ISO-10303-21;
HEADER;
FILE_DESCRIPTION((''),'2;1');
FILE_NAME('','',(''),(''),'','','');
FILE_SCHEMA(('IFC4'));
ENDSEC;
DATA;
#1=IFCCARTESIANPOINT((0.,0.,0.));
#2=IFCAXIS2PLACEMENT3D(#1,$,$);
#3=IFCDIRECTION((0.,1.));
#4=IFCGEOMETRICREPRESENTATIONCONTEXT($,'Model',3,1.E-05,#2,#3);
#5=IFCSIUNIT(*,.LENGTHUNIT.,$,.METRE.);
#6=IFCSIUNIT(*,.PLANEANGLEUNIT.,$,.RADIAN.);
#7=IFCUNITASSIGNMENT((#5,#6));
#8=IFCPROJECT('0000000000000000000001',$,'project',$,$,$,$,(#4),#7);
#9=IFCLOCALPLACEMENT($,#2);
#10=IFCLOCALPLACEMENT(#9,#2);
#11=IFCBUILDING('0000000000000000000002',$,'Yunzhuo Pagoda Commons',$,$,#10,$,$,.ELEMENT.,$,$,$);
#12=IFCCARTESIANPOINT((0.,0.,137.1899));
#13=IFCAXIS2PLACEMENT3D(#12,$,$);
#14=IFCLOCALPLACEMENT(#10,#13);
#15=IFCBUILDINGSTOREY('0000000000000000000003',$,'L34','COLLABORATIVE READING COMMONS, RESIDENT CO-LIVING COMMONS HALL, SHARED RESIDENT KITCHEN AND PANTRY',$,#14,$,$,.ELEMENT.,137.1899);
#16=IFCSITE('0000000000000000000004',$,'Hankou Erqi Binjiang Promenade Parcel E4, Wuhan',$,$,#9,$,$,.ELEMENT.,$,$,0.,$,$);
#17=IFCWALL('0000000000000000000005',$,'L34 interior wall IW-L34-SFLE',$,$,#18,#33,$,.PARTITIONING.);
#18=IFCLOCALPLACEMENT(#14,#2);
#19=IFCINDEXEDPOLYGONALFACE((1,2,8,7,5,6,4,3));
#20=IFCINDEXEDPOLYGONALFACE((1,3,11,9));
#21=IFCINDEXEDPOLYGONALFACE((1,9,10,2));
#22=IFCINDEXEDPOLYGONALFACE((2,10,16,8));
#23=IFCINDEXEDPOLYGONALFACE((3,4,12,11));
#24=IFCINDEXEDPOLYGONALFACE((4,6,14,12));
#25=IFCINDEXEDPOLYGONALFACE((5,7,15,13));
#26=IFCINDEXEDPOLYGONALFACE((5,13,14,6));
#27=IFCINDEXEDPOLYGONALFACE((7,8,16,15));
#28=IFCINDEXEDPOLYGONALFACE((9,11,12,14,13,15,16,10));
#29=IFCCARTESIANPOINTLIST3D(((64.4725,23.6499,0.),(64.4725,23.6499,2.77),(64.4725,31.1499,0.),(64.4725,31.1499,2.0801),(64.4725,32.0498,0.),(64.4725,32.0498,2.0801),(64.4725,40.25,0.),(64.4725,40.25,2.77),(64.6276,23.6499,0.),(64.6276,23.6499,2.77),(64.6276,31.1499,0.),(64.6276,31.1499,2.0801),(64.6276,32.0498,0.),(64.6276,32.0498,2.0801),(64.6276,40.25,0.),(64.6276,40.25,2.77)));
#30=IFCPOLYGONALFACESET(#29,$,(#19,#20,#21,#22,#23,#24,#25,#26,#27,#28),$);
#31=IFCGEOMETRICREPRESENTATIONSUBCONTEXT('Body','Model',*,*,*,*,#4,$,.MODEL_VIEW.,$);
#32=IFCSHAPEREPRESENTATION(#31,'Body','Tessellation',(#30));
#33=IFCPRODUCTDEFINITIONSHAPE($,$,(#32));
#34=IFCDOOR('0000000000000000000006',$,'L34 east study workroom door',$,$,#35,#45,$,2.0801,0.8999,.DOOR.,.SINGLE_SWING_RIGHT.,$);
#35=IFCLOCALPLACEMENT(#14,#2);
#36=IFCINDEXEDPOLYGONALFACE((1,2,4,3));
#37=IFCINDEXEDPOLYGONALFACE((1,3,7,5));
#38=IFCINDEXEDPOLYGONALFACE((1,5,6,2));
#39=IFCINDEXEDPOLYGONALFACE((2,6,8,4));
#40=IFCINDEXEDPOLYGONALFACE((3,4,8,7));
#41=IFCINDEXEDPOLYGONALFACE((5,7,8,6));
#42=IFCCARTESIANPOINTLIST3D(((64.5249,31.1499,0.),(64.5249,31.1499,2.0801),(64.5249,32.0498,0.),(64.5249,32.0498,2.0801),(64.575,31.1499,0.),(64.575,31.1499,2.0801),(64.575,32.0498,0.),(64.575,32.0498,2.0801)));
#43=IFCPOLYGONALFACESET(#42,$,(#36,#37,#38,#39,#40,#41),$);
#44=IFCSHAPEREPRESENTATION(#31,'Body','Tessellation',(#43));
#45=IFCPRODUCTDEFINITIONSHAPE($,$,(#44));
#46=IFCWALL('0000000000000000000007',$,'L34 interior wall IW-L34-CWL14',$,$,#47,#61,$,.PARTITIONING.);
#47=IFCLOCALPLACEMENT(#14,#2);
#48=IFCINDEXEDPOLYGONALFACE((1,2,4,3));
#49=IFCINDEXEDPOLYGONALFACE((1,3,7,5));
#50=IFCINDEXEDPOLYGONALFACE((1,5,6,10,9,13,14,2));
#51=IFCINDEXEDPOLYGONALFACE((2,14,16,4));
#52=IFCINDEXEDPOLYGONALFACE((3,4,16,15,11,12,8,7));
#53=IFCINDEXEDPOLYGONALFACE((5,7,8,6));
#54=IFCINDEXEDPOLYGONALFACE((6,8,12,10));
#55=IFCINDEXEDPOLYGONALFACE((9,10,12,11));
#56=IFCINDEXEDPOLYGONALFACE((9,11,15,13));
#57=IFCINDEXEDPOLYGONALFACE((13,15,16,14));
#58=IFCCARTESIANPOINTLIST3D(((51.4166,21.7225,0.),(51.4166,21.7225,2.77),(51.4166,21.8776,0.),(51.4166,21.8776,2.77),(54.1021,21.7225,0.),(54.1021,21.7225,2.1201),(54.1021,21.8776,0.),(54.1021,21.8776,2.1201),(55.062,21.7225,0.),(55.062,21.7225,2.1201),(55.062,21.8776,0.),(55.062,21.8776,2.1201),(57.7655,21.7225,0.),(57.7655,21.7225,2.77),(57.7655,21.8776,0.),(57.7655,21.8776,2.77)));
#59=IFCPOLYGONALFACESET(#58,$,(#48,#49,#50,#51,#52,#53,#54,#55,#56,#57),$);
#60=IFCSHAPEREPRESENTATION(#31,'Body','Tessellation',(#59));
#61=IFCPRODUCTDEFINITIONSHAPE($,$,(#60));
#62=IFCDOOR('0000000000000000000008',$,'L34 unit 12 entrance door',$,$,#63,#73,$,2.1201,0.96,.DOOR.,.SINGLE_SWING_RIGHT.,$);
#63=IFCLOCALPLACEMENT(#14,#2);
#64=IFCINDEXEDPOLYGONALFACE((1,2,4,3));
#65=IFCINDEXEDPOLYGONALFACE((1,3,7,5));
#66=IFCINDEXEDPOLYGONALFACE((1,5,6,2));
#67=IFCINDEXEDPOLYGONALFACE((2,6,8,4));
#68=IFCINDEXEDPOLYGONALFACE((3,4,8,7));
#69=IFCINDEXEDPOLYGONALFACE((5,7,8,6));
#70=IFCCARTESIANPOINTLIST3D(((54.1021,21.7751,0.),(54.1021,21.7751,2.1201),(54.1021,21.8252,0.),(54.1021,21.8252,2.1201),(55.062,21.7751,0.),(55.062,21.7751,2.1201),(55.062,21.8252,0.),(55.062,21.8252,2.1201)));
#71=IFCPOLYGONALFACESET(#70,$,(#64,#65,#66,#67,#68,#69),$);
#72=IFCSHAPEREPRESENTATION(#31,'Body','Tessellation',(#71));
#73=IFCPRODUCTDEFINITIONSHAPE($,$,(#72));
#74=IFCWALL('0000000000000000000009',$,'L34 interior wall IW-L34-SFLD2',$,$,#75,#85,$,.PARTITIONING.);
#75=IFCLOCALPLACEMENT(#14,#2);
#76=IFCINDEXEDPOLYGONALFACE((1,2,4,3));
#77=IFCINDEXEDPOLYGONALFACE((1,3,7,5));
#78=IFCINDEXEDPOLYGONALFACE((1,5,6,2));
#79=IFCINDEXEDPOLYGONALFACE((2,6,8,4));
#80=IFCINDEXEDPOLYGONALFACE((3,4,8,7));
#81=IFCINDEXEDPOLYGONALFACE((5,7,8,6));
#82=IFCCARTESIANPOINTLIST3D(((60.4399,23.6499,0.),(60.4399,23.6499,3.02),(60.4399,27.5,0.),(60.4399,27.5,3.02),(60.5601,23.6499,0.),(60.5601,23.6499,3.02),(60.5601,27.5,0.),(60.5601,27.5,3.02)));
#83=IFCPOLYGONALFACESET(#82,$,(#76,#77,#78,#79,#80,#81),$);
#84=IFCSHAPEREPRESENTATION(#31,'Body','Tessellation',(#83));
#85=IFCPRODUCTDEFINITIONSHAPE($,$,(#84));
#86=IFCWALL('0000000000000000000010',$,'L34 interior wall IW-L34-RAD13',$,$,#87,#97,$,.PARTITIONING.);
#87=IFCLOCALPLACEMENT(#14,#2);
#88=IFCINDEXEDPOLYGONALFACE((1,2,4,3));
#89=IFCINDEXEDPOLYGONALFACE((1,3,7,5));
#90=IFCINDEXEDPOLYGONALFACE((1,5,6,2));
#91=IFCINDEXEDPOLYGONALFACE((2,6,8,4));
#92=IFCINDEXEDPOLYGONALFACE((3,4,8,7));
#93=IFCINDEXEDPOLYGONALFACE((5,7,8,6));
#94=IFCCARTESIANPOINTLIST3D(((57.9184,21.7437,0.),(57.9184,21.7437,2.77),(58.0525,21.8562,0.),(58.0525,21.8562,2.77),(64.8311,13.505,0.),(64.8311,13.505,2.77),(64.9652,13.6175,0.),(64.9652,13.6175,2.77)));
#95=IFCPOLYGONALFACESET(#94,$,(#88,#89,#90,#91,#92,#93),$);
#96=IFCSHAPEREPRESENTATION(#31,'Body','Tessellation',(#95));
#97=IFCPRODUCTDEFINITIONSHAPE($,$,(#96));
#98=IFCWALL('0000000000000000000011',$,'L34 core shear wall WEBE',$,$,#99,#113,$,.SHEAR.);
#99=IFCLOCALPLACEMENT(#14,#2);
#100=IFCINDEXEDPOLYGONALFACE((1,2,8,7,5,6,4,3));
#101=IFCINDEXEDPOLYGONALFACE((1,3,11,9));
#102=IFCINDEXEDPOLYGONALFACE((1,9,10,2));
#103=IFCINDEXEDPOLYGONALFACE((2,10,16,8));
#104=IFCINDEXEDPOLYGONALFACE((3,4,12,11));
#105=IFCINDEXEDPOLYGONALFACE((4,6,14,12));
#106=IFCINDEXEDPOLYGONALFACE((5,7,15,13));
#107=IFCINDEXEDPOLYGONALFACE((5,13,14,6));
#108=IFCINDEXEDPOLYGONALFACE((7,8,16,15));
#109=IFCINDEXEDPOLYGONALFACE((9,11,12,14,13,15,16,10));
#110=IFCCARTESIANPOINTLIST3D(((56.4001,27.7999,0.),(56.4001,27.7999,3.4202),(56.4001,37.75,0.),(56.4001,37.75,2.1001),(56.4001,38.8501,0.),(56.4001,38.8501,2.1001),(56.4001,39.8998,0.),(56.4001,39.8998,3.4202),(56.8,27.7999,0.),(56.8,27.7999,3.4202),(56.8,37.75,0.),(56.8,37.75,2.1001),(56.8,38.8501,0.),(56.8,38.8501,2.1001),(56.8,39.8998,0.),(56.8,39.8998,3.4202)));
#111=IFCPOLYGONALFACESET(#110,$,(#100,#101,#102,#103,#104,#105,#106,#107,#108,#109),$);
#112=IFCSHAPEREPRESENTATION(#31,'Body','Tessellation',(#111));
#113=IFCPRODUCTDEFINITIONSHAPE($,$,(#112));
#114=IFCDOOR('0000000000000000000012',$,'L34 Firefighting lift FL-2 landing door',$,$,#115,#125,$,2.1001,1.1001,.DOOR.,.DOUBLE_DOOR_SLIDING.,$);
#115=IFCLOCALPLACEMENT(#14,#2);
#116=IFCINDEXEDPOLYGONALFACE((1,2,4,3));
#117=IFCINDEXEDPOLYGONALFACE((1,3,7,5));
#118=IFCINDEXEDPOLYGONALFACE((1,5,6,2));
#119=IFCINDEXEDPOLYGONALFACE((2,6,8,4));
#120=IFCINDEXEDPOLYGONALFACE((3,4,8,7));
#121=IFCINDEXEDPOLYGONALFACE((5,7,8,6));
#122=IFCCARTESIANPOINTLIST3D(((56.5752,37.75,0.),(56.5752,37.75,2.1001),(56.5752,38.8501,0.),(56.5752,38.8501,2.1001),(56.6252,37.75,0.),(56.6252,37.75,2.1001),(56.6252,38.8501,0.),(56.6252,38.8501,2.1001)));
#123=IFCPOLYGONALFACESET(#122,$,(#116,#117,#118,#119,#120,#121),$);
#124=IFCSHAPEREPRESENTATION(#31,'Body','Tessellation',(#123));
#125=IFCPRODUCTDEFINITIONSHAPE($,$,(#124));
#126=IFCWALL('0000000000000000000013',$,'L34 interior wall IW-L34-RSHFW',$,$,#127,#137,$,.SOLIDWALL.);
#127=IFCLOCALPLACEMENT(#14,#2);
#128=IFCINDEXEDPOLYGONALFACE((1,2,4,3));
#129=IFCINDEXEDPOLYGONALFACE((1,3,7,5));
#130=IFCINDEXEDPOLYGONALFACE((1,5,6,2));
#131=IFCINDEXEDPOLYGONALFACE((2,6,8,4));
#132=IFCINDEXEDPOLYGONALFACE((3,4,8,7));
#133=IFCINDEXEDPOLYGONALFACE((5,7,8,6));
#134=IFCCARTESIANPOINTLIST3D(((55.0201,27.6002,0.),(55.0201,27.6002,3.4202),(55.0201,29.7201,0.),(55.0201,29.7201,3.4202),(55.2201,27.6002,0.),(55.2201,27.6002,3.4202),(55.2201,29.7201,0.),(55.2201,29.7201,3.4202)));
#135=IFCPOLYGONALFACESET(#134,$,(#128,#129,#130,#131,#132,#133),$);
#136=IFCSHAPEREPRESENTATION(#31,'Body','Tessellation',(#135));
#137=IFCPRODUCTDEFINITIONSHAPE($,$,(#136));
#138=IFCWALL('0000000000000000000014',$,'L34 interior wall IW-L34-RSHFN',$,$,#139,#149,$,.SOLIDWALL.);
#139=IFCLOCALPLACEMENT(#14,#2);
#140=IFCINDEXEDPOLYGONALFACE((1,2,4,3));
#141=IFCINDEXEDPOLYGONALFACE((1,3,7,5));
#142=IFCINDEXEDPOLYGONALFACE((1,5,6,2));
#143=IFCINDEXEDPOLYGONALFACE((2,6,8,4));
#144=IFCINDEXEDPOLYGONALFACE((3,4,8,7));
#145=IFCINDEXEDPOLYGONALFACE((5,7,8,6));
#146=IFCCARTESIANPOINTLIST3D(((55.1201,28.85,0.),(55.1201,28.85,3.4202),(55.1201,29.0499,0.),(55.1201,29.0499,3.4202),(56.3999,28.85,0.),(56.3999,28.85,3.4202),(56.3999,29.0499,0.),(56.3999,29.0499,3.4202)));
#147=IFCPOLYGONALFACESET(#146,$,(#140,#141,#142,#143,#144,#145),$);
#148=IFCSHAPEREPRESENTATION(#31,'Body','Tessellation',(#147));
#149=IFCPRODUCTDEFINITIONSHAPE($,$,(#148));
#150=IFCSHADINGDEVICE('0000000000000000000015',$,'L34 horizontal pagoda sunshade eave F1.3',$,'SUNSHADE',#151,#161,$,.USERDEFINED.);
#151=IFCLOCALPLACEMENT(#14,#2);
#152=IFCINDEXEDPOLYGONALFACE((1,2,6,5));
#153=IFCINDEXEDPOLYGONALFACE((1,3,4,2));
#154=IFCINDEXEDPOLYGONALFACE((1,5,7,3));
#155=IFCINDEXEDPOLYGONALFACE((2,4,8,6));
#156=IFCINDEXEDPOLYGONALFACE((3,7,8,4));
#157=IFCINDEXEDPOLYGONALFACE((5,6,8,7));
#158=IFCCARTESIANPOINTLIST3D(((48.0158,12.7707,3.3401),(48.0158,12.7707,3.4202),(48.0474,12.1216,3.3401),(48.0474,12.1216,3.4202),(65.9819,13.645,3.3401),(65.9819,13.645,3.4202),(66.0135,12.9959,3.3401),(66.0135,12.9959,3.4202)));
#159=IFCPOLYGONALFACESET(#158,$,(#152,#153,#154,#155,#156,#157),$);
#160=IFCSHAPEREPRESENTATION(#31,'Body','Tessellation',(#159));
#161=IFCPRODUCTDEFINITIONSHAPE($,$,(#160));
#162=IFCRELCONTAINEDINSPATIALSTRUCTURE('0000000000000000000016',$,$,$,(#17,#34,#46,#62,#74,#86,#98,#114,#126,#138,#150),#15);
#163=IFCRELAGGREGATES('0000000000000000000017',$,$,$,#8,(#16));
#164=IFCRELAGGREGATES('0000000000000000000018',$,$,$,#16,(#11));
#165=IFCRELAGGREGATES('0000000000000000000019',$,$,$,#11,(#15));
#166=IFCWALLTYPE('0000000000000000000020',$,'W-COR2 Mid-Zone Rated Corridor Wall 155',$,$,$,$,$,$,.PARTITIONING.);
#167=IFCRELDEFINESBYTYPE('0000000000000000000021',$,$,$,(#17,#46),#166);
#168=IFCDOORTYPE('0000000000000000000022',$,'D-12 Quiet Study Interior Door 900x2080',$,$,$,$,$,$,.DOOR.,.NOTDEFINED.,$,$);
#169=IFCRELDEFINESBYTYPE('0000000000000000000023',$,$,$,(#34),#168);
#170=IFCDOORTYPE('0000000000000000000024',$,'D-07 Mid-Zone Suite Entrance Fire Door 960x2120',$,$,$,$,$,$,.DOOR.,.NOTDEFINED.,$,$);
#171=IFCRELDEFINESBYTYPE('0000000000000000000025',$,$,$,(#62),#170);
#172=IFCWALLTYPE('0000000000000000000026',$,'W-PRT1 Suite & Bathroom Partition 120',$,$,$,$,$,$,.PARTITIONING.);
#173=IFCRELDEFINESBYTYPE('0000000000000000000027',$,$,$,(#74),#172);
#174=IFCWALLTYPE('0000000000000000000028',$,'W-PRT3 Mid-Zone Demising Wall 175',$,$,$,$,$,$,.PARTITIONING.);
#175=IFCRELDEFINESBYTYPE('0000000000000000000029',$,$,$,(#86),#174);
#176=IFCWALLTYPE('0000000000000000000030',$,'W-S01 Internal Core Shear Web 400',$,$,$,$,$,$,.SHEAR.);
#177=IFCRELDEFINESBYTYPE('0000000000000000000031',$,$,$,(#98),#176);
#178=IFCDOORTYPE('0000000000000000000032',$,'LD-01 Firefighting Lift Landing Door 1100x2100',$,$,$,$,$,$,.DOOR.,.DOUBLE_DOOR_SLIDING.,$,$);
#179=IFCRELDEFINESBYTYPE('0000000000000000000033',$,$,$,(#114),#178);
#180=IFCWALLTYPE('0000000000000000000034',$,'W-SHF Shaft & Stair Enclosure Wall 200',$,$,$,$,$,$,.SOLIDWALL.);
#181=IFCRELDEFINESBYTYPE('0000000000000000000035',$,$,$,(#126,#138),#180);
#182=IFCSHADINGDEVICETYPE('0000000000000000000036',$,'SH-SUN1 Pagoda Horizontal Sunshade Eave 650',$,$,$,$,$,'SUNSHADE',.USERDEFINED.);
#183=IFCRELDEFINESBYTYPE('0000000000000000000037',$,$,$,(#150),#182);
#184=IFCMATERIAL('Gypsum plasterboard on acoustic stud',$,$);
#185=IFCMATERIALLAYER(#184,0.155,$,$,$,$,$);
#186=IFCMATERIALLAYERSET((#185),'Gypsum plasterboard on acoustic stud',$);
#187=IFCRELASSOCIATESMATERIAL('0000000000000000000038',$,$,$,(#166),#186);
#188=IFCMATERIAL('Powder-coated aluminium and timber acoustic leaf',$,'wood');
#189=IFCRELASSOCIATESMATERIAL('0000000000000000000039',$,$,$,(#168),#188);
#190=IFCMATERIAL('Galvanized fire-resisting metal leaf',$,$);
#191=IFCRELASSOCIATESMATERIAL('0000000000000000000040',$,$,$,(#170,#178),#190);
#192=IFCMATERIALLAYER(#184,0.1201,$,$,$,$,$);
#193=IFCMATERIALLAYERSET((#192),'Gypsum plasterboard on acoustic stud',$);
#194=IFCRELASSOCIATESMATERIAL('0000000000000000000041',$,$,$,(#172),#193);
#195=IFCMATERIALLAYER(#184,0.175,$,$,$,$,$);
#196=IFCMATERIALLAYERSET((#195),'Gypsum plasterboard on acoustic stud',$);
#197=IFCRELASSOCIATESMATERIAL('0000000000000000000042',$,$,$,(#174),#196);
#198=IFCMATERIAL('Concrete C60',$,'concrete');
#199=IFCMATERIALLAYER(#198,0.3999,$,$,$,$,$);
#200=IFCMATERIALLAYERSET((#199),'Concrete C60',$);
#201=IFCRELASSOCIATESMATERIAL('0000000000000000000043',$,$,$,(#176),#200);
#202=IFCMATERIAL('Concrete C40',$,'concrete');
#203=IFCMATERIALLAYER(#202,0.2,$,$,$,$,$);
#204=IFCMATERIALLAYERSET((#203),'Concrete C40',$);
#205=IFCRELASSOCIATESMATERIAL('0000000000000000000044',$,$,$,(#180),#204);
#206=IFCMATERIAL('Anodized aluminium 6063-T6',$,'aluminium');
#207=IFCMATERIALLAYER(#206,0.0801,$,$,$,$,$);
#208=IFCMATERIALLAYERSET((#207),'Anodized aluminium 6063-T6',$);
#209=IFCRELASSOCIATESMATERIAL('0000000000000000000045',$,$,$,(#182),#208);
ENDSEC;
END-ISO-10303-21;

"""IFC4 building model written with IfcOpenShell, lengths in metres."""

from ifc_helpers import new_model, si_unit, direction, frame, frame_2d, origin, origin_with_axes, origin_2d, place, context, subcontext, project, spatial, rectangle, extrude, source, transform, mapped, material, layer, layer_set, type_object, element, fill, save


model = new_model("IFC4")

# Units and contexts
model_context = context("Model", 3, precision=1e-05, world=origin(), true_north=direction((0.0, 1.0)))
body_context = subcontext(model_context, "Body", "Model", "MODEL_VIEW")
ifc_project = project(units=[si_unit("LENGTHUNIT", "METRE"), si_unit("PLANEANGLEUNIT", "RADIAN")], contexts=[model_context])

# Site, building, storey
site_placement = place(None, origin())
site = spatial("IfcSite", under=ifc_project, at=site_placement, Name="Hankou Erqi Binjiang Promenade Parcel E4, Wuhan", CompositionType="ELEMENT", RefElevation=0.0)
building_placement = place(site_placement, origin())
building = spatial("IfcBuilding", under=site, at=building_placement, Name="Yunzhuo Pagoda Commons", CompositionType="ELEMENT")
storey_placement = place(building_placement, frame((0.0, 0.0, 137.1899)))
storey = spatial("IfcBuildingStorey", under=building, at=storey_placement, Name="L34", Description="COLLABORATIVE READING COMMONS, RESIDENT CO-LIVING COMMONS HALL, SHARED RESIDENT KITCHEN AND PANTRY", CompositionType="ELEMENT", Elevation=137.1899)

# Shared definitions
ifc_material_1 = material(Name="Anodized aluminium 6063-T6", Category="aluminium")

# Shared definitions
ifc_material_2 = material(Name="Concrete C60", Category="concrete")

# Walls, openings, doors
ifc_material_3 = material(Name="Gypsum plasterboard on acoustic stud")
ifc_layer_1 = layer(ifc_material_3, 0.155)
ifc_layer_set_1 = layer_set([ifc_layer_1], Name="Gypsum plasterboard on acoustic stud")
wall_type_1 = type_object("IfcWallType", Name="W-COR2 Mid-Zone Rated Corridor Wall 155", PredefinedType="PARTITIONING", material=ifc_layer_set_1)
wall_1_placement = place(storey_placement, frame((64.55, 23.6499, 0.0), z_axis=(0.0, 0.0, 1.0), x_axis=(0.0, 1.0, 0.0)))
wall_1 = element("IfcWall", 1, at=wall_1_placement, inside=storey, type_object=wall_type_1, Name="L34 interior wall IW-L34-SFLE", PredefinedType="PARTITIONING", context=body_context, shape_type="SweptSolid", body=[
    extrude(rectangle(XDim=16.6001, YDim=0.155, at=frame_2d((8.3, 0.0))), origin(), (0.0, 0.0, 1.0), 2.77),
])
opening_1_placement = place(wall_1_placement, frame((7.5, 0.0, 0.0)))
opening_1 = element("IfcOpeningElement", 2, at=opening_1_placement, cuts=wall_1, PredefinedType="OPENING", context=body_context, shape_type="SweptSolid", body=[
    extrude(rectangle(XDim=0.8999, YDim=2.0801, at=frame_2d((0.45, 1.04))), frame((0.0, 0.0874, 0.0), z_axis=(0.0, -1.0, 0.0), x_axis=(1.0, 0.0, 0.0)), (0.0, 0.0, 1.0), 0.175),
])
ifc_material_4 = material(Name="Powder-coated aluminium and timber acoustic leaf", Category="wood")
door_type_1 = type_object("IfcDoorType", Name="D-12 Quiet Study Interior Door 900x2080", OperationType="NOTDEFINED", PredefinedType="DOOR", material=ifc_material_4)
shared_shape_1 = source(origin(), body_context, "Body", "SweptSolid", [
    extrude(rectangle(XDim=0.8999, YDim=2.0801, at=frame_2d((0.45, 1.04))), frame((0.0, 0.0249, 0.0), z_axis=(0.0, -1.0, 0.0), x_axis=(1.0, 0.0, 0.0)), (0.0, 0.0, 1.0), 0.05),
])
door_1_placement = place(opening_1_placement, frame((0.8999, 0.0, 0.0), z_axis=(0.0, 0.0, 1.0), x_axis=(-1.0, 0.0, 0.0)))
door_1 = element("IfcDoor", 3, at=door_1_placement, inside=storey, type_object=door_type_1, Name="L34 east study workroom door", OperationType="SINGLE_SWING_RIGHT", OverallHeight=2.0801, OverallWidth=0.8999, PredefinedType="DOOR", context=body_context, shape_type="MappedRepresentation", body=[
    mapped(shared_shape_1, transform((0.0, 0.0, 0.0), scale=1.0)),
])
fill(opening_1, door_1)
wall_2_placement = place(storey_placement, frame((57.7654, 21.8, 0.0), z_axis=(0.0, 0.0, 1.0), x_axis=(-1.0, 0.0, 0.0)))
wall_2 = element("IfcWall", 4, at=wall_2_placement, inside=storey, type_object=wall_type_1, Name="L34 interior wall IW-L34-CWL14", PredefinedType="PARTITIONING", context=body_context, shape_type="SweptSolid", body=[
    extrude(rectangle(XDim=6.3489, YDim=0.155, at=frame_2d((3.1743, 0.0))), origin(), (0.0, 0.0, 1.0), 2.77),
])
opening_2_placement = place(wall_2_placement, frame((2.7034, 0.0, 0.0)))
opening_2 = element("IfcOpeningElement", 5, at=opening_2_placement, cuts=wall_2, PredefinedType="OPENING", context=body_context, shape_type="SweptSolid", body=[
    extrude(rectangle(XDim=0.96, YDim=2.1201, at=frame_2d((0.48, 1.0601))), frame((0.0, 0.0874, 0.0), z_axis=(0.0, -1.0, 0.0), x_axis=(1.0, 0.0, 0.0)), (0.0, 0.0, 1.0), 0.175),
])
ifc_material_5 = material(Name="Galvanized fire-resisting metal leaf")
door_type_2 = type_object("IfcDoorType", Name="D-07 Mid-Zone Suite Entrance Fire Door 960x2120", OperationType="NOTDEFINED", PredefinedType="DOOR", material=ifc_material_5)
shared_shape_2 = source(origin(), body_context, "Body", "SweptSolid", [
    extrude(rectangle(XDim=0.96, YDim=2.1201, at=frame_2d((0.48, 1.0601))), frame((0.0, 0.0249, 0.0), z_axis=(0.0, -1.0, 0.0), x_axis=(1.0, 0.0, 0.0)), (0.0, 0.0, 1.0), 0.05),
])
door_2_placement = place(opening_2_placement, origin_with_axes())
door_2 = element("IfcDoor", 6, at=door_2_placement, inside=storey, type_object=door_type_2, Name="L34 unit 12 entrance door", OperationType="SINGLE_SWING_RIGHT", OverallHeight=2.1201, OverallWidth=0.96, PredefinedType="DOOR", context=body_context, shape_type="MappedRepresentation", body=[
    mapped(shared_shape_2, transform((0.0, 0.0, 0.0), scale=1.0)),
])
fill(opening_2, door_2)

# Walls
ifc_layer_2 = layer(ifc_material_3, 0.1201)
ifc_layer_set_2 = layer_set([ifc_layer_2], Name="Gypsum plasterboard on acoustic stud")
wall_type_2 = type_object("IfcWallType", Name="W-PRT1 Suite & Bathroom Partition 120", PredefinedType="PARTITIONING", material=ifc_layer_set_2)
wall_3_placement = place(storey_placement, frame((60.5, 23.6499, 0.0), z_axis=(0.0, 0.0, 1.0), x_axis=(0.0, 1.0, 0.0)))
element("IfcWall", 7, at=wall_3_placement, inside=storey, type_object=wall_type_2, Name="L34 interior wall IW-L34-SFLD2", PredefinedType="PARTITIONING", context=body_context, shape_type="SweptSolid", body=[
    extrude(rectangle(XDim=3.8501, YDim=0.1201, at=frame_2d((1.925, 0.0))), origin(), (0.0, 0.0, 1.0), 3.02),
])
ifc_layer_3 = layer(ifc_material_3, 0.175)
ifc_layer_set_3 = layer_set([ifc_layer_3], Name="Gypsum plasterboard on acoustic stud")
wall_type_3 = type_object("IfcWallType", Name="W-PRT3 Mid-Zone Demising Wall 175", PredefinedType="PARTITIONING", material=ifc_layer_set_3)
wall_4_placement = place(storey_placement, frame((57.9854, 21.8, 0.0), z_axis=(0.0, 0.0, 1.0), x_axis=(0.642771, -0.766058, 0.0)))
element("IfcWall", 8, at=wall_4_placement, inside=storey, type_object=wall_type_3, Name="L34 interior wall IW-L34-RAD13", PredefinedType="PARTITIONING", context=body_context, shape_type="SweptSolid", body=[
    extrude(rectangle(XDim=10.7546, YDim=0.175, at=frame_2d((5.3774, 0.0))), origin(), (0.0, 0.0, 1.0), 2.77),
])

# Wall, opening, door
ifc_layer_4 = layer(ifc_material_2, 0.3999)
ifc_layer_set_4 = layer_set([ifc_layer_4], Name="Concrete C60")
wall_type_4 = type_object("IfcWallType", Name="W-S01 Internal Core Shear Web 400", PredefinedType="SHEAR", material=ifc_layer_set_4)
wall_5_placement = place(storey_placement, frame((56.6001, 27.8, 0.0), z_axis=(0.0, 0.0, 1.0), x_axis=(0.0, 1.0, 0.0)))
wall_5 = element("IfcWall", 9, at=wall_5_placement, inside=storey, type_object=wall_type_4, Name="L34 core shear wall WEBE", PredefinedType="SHEAR", context=body_context, shape_type="SweptSolid", body=[
    extrude(rectangle(XDim=12.0999, YDim=0.3999, at=frame_2d((6.0498, 0.0))), origin(), (0.0, 0.0, 1.0), 3.4202),
])
opening_3_placement = place(wall_5_placement, frame((9.95, 0.0, 0.0)))
opening_3 = element("IfcOpeningElement", 10, at=opening_3_placement, cuts=wall_5, PredefinedType="OPENING", context=body_context, shape_type="SweptSolid", body=[
    extrude(rectangle(XDim=1.1001, YDim=2.1001, at=frame_2d((0.55, 1.05))), frame((0.0, 0.21, 0.0), z_axis=(0.0, -1.0, 0.0), x_axis=(1.0, 0.0, 0.0)), (0.0, 0.0, 1.0), 0.4199),
])
door_type_3 = type_object("IfcDoorType", Name="LD-01 Firefighting Lift Landing Door 1100x2100", OperationType="DOUBLE_DOOR_SLIDING", PredefinedType="DOOR", material=ifc_material_5)
shared_shape_3 = source(origin(), body_context, "Body", "SweptSolid", [
    extrude(rectangle(XDim=1.1001, YDim=2.1001, at=frame_2d((0.55, 1.05))), frame((0.0, 0.0249, 0.0), z_axis=(0.0, -1.0, 0.0), x_axis=(1.0, 0.0, 0.0)), (0.0, 0.0, 1.0), 0.05),
])
door_3_placement = place(opening_3_placement, origin_with_axes())
door_3 = element("IfcDoor", 11, at=door_3_placement, inside=storey, type_object=door_type_3, Name="L34 Firefighting lift FL-2 landing door", OperationType="DOUBLE_DOOR_SLIDING", OverallHeight=2.1001, OverallWidth=1.1001, PredefinedType="DOOR", context=body_context, shape_type="MappedRepresentation", body=[
    mapped(shared_shape_3, transform((0.0, 0.0, 0.0), scale=1.0)),
])
fill(opening_3, door_3)

# Walls
ifc_material_6 = material(Name="Concrete C40", Category="concrete")
ifc_layer_5 = layer(ifc_material_6, 0.2)
ifc_layer_set_5 = layer_set([ifc_layer_5], Name="Concrete C40")
wall_type_5 = type_object("IfcWallType", Name="W-SHF Shaft & Stair Enclosure Wall 200", PredefinedType="SOLIDWALL", material=ifc_layer_set_5)
wall_6_placement = place(storey_placement, frame((55.1201, 27.6001, 0.0), z_axis=(0.0, 0.0, 1.0), x_axis=(0.0, 1.0, 0.0)))
element("IfcWall", 12, at=wall_6_placement, inside=storey, type_object=wall_type_5, Name="L34 interior wall IW-L34-RSHFW", PredefinedType="SOLIDWALL", context=body_context, shape_type="SweptSolid", body=[
    extrude(rectangle(XDim=2.1199, YDim=0.2, at=frame_2d((1.0601, 0.0))), origin(), (0.0, 0.0, 1.0), 3.4202),
])
wall_7_placement = place(storey_placement, frame((55.1201, 28.95, 0.0), z_axis=(0.0, 0.0, 1.0), x_axis=(1.0, 0.0, 0.0)))
element("IfcWall", 13, at=wall_7_placement, inside=storey, type_object=wall_type_5, Name="L34 interior wall IW-L34-RSHFN", PredefinedType="SOLIDWALL", context=body_context, shape_type="SweptSolid", body=[
    extrude(rectangle(XDim=1.2798, YDim=0.2, at=frame_2d((0.6399, 0.0))), origin(), (0.0, 0.0, 1.0), 3.4202),
])

# Shading device
ifc_layer_6 = layer(ifc_material_1, 0.0801)
ifc_layer_set_6 = layer_set([ifc_layer_6], Name="Anodized aluminium 6063-T6")
shading_device_type = type_object("IfcShadingDeviceType", Name="SH-SUN1 Pagoda Horizontal Sunshade Eave 650", ElementType="SUNSHADE", PredefinedType="USERDEFINED", material=ifc_layer_set_6)
shared_shape_4 = source(origin(), body_context, "Body", "SweptSolid", [
    extrude(rectangle(XDim=17.9873, YDim=0.6499, at=origin_2d()), origin(), (0.0, 0.0, 1.0), 0.0801),
])
shading_device_placement = place(storey_placement, frame((57.0146, 12.8833, 3.3401), z_axis=(0.0, 0.0, 1.0), x_axis=(0.998818, 0.048606, 0.0)))
element("IfcShadingDevice", 14, at=shading_device_placement, inside=storey, type_object=shading_device_type, Name="L34 horizontal pagoda sunshade eave F1.3", ObjectType="SUNSHADE", PredefinedType="USERDEFINED", context=body_context, shape_type="MappedRepresentation", body=[
    mapped(shared_shape_4, transform((0.0, 0.0, 0.0), scale=1.0)),
])

save(model, "model.ifc")
